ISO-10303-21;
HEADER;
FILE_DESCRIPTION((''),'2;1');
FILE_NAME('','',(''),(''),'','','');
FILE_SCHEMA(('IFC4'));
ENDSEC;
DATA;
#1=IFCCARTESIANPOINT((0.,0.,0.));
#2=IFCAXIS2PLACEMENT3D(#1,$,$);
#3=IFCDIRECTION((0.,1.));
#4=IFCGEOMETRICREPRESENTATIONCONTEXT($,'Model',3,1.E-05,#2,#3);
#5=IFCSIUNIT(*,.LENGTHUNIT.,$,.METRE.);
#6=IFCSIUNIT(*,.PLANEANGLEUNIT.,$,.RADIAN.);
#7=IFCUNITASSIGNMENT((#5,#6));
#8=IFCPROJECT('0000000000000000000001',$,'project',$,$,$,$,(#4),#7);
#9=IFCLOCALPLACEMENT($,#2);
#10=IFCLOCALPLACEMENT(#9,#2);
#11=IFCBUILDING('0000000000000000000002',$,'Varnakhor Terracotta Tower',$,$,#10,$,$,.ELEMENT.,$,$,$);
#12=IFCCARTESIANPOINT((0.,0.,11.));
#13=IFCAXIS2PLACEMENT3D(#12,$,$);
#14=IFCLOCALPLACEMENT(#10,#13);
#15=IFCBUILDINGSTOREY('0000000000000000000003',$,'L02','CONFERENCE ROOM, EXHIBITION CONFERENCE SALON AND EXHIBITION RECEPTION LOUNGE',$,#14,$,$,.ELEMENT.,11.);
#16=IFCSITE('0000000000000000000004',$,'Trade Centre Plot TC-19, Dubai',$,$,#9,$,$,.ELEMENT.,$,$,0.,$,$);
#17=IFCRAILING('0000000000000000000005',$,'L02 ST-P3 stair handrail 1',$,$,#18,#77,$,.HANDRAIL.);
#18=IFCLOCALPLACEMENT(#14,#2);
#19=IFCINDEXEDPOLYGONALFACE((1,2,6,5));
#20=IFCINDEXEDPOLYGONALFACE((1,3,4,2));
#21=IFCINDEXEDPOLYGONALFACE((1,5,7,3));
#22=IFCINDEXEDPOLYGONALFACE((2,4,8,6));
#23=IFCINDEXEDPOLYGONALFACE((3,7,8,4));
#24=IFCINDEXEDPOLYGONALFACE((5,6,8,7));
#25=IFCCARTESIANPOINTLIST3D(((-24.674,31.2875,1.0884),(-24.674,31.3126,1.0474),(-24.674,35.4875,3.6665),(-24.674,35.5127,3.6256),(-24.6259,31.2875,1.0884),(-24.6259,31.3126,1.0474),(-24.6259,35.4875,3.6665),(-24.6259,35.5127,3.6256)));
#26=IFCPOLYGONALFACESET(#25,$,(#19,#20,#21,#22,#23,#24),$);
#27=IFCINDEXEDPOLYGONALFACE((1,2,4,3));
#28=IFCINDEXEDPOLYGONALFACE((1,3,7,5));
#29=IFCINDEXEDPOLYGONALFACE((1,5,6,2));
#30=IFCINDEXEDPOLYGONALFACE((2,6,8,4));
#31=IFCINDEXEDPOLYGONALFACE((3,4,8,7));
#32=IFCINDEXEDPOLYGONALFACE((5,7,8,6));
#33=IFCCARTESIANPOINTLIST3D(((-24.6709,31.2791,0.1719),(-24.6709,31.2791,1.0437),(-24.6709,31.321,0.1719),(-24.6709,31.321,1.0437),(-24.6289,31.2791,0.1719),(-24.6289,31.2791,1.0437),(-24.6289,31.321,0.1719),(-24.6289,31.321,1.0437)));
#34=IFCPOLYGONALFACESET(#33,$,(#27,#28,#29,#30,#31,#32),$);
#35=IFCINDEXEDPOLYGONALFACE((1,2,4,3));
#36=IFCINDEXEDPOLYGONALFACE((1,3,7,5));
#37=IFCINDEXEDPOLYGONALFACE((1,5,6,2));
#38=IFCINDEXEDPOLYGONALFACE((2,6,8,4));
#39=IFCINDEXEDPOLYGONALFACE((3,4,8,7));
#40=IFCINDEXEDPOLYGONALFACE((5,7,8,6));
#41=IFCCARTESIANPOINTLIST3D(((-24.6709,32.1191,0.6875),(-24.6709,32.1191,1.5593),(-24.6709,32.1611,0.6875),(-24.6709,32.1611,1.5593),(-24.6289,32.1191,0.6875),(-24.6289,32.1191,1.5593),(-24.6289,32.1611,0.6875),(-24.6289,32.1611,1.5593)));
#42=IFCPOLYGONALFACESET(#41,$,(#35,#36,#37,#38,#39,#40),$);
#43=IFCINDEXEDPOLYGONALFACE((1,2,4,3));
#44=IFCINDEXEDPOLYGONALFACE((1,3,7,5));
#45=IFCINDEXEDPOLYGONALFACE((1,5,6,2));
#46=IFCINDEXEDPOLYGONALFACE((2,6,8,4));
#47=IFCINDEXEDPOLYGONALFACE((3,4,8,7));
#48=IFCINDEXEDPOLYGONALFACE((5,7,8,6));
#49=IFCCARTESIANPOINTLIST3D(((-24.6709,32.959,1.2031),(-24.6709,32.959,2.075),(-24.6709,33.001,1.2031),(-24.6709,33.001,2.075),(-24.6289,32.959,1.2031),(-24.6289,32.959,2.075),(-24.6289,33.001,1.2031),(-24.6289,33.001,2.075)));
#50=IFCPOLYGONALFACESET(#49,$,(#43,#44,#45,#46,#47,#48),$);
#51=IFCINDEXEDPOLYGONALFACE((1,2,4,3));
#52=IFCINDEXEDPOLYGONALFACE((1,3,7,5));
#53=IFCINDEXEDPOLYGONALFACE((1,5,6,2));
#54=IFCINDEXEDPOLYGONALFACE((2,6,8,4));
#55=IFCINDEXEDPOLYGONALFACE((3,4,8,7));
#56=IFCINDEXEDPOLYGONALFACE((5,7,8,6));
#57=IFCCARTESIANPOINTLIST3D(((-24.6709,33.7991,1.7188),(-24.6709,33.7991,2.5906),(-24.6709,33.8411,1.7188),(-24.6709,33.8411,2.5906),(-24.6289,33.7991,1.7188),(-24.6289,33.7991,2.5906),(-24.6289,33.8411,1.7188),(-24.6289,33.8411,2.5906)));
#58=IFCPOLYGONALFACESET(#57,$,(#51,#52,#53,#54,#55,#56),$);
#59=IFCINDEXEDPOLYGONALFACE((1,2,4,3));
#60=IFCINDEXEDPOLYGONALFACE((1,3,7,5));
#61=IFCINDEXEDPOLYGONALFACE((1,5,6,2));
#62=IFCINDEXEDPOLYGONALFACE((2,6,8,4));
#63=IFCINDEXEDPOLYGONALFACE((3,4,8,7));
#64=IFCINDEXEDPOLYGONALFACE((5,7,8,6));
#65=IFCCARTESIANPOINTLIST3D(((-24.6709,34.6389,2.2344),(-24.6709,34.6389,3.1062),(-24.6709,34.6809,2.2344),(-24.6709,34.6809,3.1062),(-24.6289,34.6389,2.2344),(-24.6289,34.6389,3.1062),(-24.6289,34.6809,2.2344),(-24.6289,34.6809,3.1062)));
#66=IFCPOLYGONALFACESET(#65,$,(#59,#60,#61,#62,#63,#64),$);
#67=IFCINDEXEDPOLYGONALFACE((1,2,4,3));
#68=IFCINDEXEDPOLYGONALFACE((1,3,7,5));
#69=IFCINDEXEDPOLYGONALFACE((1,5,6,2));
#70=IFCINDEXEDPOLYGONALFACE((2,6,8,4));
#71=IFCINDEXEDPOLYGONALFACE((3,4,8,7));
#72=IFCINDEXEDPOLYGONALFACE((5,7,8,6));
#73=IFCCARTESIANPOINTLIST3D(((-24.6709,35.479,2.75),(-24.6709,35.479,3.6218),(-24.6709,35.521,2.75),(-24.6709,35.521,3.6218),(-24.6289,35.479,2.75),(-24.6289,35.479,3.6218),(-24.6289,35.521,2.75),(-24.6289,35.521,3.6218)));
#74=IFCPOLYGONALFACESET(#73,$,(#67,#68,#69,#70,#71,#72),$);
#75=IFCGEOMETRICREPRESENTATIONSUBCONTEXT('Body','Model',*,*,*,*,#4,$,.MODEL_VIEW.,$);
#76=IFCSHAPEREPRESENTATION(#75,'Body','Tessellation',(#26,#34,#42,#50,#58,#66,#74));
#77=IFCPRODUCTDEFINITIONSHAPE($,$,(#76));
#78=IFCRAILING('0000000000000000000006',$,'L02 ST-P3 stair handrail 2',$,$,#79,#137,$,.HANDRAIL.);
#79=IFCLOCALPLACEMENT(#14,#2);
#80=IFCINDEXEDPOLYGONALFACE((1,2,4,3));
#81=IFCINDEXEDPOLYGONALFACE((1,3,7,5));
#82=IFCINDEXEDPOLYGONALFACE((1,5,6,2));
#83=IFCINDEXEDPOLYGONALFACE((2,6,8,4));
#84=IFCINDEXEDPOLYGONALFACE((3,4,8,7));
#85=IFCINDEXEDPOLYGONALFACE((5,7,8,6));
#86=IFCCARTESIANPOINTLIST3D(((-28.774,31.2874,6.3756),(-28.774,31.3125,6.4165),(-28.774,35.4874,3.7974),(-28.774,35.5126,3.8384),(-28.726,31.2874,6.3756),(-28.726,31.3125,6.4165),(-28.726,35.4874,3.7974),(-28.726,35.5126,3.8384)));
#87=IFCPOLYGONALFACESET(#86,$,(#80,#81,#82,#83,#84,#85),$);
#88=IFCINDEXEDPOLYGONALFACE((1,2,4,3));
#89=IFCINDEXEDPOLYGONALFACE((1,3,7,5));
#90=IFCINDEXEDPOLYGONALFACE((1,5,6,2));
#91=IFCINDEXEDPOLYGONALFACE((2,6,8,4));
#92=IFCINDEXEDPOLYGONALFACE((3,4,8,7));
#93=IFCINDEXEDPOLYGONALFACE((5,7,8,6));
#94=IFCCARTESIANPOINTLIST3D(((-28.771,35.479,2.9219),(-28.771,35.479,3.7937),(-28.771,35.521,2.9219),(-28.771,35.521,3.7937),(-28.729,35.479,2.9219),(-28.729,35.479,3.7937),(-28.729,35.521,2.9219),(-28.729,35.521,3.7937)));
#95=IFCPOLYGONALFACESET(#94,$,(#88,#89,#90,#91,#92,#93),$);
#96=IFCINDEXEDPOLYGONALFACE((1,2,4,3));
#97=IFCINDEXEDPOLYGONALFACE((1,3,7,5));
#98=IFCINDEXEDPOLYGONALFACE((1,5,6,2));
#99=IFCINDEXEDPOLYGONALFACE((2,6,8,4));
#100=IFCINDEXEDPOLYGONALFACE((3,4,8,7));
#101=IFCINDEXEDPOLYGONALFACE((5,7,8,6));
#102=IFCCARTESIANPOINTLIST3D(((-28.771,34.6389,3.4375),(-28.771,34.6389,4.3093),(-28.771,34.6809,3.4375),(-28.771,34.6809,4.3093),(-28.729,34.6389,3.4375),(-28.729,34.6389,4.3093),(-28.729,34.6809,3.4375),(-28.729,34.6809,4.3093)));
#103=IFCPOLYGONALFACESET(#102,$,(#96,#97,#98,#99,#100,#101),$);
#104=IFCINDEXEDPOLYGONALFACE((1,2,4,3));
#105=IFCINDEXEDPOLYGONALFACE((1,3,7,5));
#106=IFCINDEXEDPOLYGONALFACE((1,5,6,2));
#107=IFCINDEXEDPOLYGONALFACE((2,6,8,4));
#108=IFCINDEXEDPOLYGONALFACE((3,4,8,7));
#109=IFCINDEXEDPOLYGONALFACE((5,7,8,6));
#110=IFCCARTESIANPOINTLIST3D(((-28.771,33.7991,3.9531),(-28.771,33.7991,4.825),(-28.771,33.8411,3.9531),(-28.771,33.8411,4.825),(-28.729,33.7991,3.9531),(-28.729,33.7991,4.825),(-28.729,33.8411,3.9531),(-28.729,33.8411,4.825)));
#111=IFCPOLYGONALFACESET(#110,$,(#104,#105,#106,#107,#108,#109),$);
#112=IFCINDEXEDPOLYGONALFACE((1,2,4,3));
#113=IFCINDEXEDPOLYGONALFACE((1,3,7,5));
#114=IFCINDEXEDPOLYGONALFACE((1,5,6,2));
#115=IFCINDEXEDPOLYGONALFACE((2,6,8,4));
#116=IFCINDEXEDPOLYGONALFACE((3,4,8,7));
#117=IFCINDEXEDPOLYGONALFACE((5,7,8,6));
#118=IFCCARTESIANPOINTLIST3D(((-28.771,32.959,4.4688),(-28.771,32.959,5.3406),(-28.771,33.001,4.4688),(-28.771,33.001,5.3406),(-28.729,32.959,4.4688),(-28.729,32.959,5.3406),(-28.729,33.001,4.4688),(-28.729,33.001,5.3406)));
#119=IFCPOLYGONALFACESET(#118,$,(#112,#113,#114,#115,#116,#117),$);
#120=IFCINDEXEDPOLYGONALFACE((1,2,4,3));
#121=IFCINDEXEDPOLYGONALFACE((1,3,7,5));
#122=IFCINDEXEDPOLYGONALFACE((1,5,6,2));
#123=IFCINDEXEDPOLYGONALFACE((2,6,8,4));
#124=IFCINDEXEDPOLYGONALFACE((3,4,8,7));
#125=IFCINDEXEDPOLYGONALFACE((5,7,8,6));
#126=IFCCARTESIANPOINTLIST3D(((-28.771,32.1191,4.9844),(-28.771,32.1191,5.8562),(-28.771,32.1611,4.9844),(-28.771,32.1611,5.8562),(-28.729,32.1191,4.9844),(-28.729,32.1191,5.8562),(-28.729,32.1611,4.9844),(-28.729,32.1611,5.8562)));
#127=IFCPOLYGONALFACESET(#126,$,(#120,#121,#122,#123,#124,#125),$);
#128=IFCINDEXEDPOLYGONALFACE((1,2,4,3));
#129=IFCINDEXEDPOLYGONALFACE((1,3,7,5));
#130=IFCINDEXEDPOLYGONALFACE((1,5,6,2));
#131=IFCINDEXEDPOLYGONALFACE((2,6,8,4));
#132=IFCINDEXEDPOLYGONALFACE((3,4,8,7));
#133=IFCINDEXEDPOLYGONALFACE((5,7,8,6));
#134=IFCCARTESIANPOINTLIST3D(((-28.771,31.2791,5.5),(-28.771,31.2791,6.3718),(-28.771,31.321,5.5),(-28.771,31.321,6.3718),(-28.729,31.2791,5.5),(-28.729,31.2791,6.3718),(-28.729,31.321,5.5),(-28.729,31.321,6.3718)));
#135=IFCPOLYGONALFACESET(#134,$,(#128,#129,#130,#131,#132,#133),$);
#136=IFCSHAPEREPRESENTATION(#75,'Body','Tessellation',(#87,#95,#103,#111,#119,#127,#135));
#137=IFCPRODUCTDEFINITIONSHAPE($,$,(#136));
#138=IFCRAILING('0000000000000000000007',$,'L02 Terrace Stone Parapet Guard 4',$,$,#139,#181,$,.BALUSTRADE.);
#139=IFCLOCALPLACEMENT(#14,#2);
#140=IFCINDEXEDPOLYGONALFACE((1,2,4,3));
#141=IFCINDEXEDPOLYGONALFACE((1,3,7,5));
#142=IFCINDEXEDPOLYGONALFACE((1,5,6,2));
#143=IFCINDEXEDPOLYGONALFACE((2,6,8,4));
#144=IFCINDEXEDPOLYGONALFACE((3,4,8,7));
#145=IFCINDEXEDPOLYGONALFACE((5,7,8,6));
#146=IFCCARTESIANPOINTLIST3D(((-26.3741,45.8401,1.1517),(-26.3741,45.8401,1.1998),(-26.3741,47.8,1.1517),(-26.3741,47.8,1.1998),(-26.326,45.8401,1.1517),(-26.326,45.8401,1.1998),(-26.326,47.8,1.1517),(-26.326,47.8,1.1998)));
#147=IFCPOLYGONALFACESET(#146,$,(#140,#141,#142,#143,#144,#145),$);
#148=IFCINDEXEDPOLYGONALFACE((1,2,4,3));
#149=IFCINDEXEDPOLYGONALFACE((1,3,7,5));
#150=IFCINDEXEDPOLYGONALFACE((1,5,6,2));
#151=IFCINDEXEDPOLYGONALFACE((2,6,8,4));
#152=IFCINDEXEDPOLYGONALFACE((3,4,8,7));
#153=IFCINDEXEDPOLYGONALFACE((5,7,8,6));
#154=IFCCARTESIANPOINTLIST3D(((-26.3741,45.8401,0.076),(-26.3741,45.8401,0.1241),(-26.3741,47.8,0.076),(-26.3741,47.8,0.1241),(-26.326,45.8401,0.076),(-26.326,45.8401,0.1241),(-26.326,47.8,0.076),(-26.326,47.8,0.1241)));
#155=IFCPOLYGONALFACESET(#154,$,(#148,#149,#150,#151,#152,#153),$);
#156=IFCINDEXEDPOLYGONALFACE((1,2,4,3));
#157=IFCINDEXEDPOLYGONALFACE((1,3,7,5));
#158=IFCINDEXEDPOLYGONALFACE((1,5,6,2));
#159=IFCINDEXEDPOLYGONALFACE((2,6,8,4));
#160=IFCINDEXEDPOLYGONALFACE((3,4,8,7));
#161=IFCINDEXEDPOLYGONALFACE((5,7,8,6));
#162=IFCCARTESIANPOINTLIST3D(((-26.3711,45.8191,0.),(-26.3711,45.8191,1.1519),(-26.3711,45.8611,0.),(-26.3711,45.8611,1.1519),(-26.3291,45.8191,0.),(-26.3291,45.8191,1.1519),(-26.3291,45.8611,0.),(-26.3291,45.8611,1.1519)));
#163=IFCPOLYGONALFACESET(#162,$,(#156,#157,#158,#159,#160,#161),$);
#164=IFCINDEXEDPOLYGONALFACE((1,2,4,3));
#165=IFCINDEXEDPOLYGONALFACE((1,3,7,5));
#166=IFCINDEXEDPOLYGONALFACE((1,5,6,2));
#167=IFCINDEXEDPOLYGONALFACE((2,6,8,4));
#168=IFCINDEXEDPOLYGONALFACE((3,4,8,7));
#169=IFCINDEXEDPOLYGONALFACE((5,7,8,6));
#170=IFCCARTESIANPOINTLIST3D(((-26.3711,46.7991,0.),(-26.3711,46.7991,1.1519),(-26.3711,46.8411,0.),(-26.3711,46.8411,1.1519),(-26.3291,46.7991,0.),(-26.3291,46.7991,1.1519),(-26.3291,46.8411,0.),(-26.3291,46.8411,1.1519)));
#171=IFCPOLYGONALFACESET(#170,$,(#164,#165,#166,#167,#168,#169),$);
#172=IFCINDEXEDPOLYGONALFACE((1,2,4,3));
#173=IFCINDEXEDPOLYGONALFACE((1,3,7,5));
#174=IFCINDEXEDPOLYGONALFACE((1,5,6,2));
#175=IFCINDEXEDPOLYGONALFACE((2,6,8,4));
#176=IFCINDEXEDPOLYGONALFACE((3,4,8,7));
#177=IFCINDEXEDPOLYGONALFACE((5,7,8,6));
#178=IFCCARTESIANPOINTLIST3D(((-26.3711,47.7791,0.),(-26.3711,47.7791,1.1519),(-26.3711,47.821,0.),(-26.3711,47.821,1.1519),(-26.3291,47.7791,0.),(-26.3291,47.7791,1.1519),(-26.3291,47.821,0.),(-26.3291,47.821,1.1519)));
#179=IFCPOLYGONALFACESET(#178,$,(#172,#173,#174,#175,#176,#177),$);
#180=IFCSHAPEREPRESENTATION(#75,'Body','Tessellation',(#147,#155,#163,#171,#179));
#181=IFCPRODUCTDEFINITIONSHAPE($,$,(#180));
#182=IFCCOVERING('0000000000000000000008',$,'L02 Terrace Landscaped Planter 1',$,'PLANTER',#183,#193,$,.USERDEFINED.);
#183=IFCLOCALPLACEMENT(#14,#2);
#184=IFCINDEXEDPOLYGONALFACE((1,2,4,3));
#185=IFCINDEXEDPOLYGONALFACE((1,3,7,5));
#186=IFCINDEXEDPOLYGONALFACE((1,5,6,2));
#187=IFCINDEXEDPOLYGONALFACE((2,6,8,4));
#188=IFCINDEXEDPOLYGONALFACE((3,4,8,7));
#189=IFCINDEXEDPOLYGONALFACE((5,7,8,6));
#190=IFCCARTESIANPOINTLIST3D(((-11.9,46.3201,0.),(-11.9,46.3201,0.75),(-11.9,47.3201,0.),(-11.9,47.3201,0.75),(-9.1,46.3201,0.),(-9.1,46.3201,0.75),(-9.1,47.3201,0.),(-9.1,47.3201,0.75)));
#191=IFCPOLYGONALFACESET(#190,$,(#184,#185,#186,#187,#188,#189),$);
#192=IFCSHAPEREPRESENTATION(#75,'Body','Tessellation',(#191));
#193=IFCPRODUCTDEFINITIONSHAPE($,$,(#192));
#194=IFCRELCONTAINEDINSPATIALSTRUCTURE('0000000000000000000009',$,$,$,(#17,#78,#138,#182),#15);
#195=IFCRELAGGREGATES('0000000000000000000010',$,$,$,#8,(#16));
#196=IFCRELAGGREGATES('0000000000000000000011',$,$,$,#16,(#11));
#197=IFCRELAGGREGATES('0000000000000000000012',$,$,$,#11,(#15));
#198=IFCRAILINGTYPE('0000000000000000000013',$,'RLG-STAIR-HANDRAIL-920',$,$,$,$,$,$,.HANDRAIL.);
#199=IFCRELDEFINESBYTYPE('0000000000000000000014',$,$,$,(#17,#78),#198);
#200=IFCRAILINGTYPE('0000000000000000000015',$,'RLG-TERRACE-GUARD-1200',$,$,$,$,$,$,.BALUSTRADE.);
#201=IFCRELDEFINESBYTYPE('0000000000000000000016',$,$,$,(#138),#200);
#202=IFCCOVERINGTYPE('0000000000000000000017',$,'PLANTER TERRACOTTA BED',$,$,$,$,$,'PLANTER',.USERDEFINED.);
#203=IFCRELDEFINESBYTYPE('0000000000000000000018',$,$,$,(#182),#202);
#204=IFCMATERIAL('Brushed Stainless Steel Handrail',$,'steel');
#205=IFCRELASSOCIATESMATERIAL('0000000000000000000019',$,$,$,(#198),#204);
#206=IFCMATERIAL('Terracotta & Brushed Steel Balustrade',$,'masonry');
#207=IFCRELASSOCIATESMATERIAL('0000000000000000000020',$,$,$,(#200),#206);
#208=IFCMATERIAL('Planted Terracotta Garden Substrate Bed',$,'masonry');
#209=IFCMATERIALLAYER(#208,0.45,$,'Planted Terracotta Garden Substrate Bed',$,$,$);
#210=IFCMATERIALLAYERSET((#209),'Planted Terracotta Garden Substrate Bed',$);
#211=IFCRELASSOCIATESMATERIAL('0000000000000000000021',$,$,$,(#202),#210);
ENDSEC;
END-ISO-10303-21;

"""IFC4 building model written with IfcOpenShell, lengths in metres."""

from ifc_helpers import new_model, si_unit, direction, frame, origin, origin_2d, place, context, subcontext, project, spatial, rectangle, extrude, source, transform, mapped, material, layer, layer_set, type_object, type_shapes, element, save


model = new_model("IFC4")

# Units and contexts
model_context = context("Model", 3, precision=1e-05, world=origin(), true_north=direction((0.0, 1.0)))
body_context = subcontext(model_context, "Body", "Model", "MODEL_VIEW")
ifc_project = project(units=[si_unit("LENGTHUNIT", "METRE"), si_unit("PLANEANGLEUNIT", "RADIAN")], contexts=[model_context])

# Site, building, storey
site_placement = place(None, origin())
site = spatial("IfcSite", under=ifc_project, at=site_placement, Name="Trade Centre Plot TC-19, Dubai", CompositionType="ELEMENT", RefElevation=0.0)
building_placement = place(site_placement, origin())
building = spatial("IfcBuilding", under=site, at=building_placement, Name="Varnakhor Terracotta Tower", CompositionType="ELEMENT")
storey_placement = place(building_placement, frame((0.0, 0.0, 11.0)))
storey = spatial("IfcBuildingStorey", under=building, at=storey_placement, Name="L02", Description="CONFERENCE ROOM, EXHIBITION CONFERENCE SALON AND EXHIBITION RECEPTION LOUNGE", CompositionType="ELEMENT", Elevation=11.0)

# Railings
ifc_material_1 = material(Name="Brushed Stainless Steel Handrail", Category="steel")
railing_type_1 = type_object("IfcRailingType", Name="RLG-STAIR-HANDRAIL-920", PredefinedType="HANDRAIL", material=ifc_material_1)
railing_1_placement = place(storey_placement, frame((-24.6499, 31.3, 0.1719)))
element("IfcRailing", 1, at=railing_1_placement, inside=storey, type_object=railing_type_1, Name="L02 ST-P3 stair handrail 1", PredefinedType="HANDRAIL", context=body_context, shape_type="SweptSolid", body=[
    extrude(rectangle(XDim=0.0481, YDim=0.0481, at=origin_2d()), frame((0.0, 0.0, 0.896), z_axis=(0.0, 0.852243, 0.523146), x_axis=(-1.0, 0.0, 0.0)), (0.0, 0.0, 1.0), 4.9282),
    extrude(rectangle(XDim=0.042, YDim=0.042, at=origin_2d()), origin(), (0.0, 0.0, 1.0), 0.8718),
    extrude(rectangle(XDim=0.042, YDim=0.042, at=origin_2d()), frame((0.0, 0.8401, 0.5156)), (0.0, 0.0, 1.0), 0.8718),
    extrude(rectangle(XDim=0.042, YDim=0.042, at=origin_2d()), frame((0.0, 1.6799, 1.0312)), (0.0, 0.0, 1.0), 0.8718),
    extrude(rectangle(XDim=0.042, YDim=0.042, at=origin_2d()), frame((0.0, 2.52, 1.5469)), (0.0, 0.0, 1.0), 0.8718),
    extrude(rectangle(XDim=0.042, YDim=0.042, at=origin_2d()), frame((0.0, 3.3599, 2.0625)), (0.0, 0.0, 1.0), 0.8718),
    extrude(rectangle(XDim=0.042, YDim=0.042, at=origin_2d()), frame((0.0, 4.2, 2.5781)), (0.0, 0.0, 1.0), 0.8718),
])
railing_2_placement = place(storey_placement, frame((-28.75, 35.5, 2.9219)))
element("IfcRailing", 2, at=railing_2_placement, inside=storey, type_object=railing_type_1, Name="L02 ST-P3 stair handrail 2", PredefinedType="HANDRAIL", context=body_context, shape_type="SweptSolid", body=[
    extrude(rectangle(XDim=0.0481, YDim=0.0481, at=origin_2d()), frame((0.0, 0.0, 0.896), z_axis=(0.0, -0.852243, 0.523146), x_axis=(1.0, 0.0, 0.0)), (0.0, 0.0, 1.0), 4.9282),
    extrude(rectangle(XDim=0.042, YDim=0.042, at=origin_2d()), origin(), (0.0, 0.0, 1.0), 0.8718),
    extrude(rectangle(XDim=0.042, YDim=0.042, at=origin_2d()), frame((0.0, -0.8401, 0.5156)), (0.0, 0.0, 1.0), 0.8718),
    extrude(rectangle(XDim=0.042, YDim=0.042, at=origin_2d()), frame((0.0, -1.6799, 1.0312)), (0.0, 0.0, 1.0), 0.8718),
    extrude(rectangle(XDim=0.042, YDim=0.042, at=origin_2d()), frame((0.0, -2.52, 1.5469)), (0.0, 0.0, 1.0), 0.8718),
    extrude(rectangle(XDim=0.042, YDim=0.042, at=origin_2d()), frame((0.0, -3.3599, 2.0625)), (0.0, 0.0, 1.0), 0.8718),
    extrude(rectangle(XDim=0.042, YDim=0.042, at=origin_2d()), frame((0.0, -4.2, 2.5781)), (0.0, 0.0, 1.0), 0.8718),
])
ifc_material_2 = material(Name="Terracotta & Brushed Steel Balustrade", Category="masonry")
railing_type_2 = type_object("IfcRailingType", Name="RLG-TERRACE-GUARD-1200", PredefinedType="BALUSTRADE", material=ifc_material_2)
railing_3_placement = place(storey_placement, frame((-26.3501, 45.8401, 0.0)))
element("IfcRailing", 3, at=railing_3_placement, inside=storey, type_object=railing_type_2, Name="L02 Terrace Stone Parapet Guard 4", PredefinedType="BALUSTRADE", context=body_context, shape_type="SweptSolid", body=[
    extrude(rectangle(XDim=0.0481, YDim=0.0481, at=origin_2d()), frame((0.0, 0.0, 1.1758), z_axis=(0.0, 1.0, 0.0), x_axis=(-1.0, 0.0, 0.0)), (0.0, 0.0, 1.0), 1.96),
    extrude(rectangle(XDim=0.0481, YDim=0.0481, at=origin_2d()), frame((0.0, 0.0, 0.1001), z_axis=(0.0, 1.0, 0.0), x_axis=(-1.0, 0.0, 0.0)), (0.0, 0.0, 1.0), 1.96),
    extrude(rectangle(XDim=0.042, YDim=0.042, at=origin_2d()), origin(), (0.0, 0.0, 1.0), 1.1519),
    extrude(rectangle(XDim=0.042, YDim=0.042, at=origin_2d()), frame((0.0, 0.98, 0.0)), (0.0, 0.0, 1.0), 1.1519),
    extrude(rectangle(XDim=0.042, YDim=0.042, at=origin_2d()), frame((0.0, 1.96, 0.0)), (0.0, 0.0, 1.0), 1.1519),
])

# Covering
ifc_material_3 = material(Name="Planted Terracotta Garden Substrate Bed", Category="masonry")
ifc_layer_1 = layer(ifc_material_3, 0.45, Name="Planted Terracotta Garden Substrate Bed")
ifc_layer_set_1 = layer_set([ifc_layer_1], Name="Planted Terracotta Garden Substrate Bed")
covering_type = type_object("IfcCoveringType", Name="PLANTER TERRACOTTA BED", ElementType="PLANTER", PredefinedType="USERDEFINED", material=ifc_layer_set_1)
shared_shape_1 = source(origin(), body_context, "Body", "SweptSolid", [
    extrude(rectangle(XDim=2.8, YDim=1.0, at=origin_2d()), origin(), (0.0, 0.0, 1.0), 0.75),
])
type_shapes(covering_type, [shared_shape_1])
covering_placement = place(storey_placement, frame((-10.5, 46.8201, 0.0), z_axis=(0.0, 0.0, 1.0), x_axis=(1.0, 0.0, 0.0)))
element("IfcCovering", 4, at=covering_placement, inside=storey, type_object=covering_type, Name="L02 Terrace Landscaped Planter 1", ObjectType="PLANTER", PredefinedType="USERDEFINED", context=body_context, shape_type="MappedRepresentation", body=[
    mapped(shared_shape_1, transform((0.0, 0.0, 0.0), scale=1.0)),
])

save(model, "model.ifc")
